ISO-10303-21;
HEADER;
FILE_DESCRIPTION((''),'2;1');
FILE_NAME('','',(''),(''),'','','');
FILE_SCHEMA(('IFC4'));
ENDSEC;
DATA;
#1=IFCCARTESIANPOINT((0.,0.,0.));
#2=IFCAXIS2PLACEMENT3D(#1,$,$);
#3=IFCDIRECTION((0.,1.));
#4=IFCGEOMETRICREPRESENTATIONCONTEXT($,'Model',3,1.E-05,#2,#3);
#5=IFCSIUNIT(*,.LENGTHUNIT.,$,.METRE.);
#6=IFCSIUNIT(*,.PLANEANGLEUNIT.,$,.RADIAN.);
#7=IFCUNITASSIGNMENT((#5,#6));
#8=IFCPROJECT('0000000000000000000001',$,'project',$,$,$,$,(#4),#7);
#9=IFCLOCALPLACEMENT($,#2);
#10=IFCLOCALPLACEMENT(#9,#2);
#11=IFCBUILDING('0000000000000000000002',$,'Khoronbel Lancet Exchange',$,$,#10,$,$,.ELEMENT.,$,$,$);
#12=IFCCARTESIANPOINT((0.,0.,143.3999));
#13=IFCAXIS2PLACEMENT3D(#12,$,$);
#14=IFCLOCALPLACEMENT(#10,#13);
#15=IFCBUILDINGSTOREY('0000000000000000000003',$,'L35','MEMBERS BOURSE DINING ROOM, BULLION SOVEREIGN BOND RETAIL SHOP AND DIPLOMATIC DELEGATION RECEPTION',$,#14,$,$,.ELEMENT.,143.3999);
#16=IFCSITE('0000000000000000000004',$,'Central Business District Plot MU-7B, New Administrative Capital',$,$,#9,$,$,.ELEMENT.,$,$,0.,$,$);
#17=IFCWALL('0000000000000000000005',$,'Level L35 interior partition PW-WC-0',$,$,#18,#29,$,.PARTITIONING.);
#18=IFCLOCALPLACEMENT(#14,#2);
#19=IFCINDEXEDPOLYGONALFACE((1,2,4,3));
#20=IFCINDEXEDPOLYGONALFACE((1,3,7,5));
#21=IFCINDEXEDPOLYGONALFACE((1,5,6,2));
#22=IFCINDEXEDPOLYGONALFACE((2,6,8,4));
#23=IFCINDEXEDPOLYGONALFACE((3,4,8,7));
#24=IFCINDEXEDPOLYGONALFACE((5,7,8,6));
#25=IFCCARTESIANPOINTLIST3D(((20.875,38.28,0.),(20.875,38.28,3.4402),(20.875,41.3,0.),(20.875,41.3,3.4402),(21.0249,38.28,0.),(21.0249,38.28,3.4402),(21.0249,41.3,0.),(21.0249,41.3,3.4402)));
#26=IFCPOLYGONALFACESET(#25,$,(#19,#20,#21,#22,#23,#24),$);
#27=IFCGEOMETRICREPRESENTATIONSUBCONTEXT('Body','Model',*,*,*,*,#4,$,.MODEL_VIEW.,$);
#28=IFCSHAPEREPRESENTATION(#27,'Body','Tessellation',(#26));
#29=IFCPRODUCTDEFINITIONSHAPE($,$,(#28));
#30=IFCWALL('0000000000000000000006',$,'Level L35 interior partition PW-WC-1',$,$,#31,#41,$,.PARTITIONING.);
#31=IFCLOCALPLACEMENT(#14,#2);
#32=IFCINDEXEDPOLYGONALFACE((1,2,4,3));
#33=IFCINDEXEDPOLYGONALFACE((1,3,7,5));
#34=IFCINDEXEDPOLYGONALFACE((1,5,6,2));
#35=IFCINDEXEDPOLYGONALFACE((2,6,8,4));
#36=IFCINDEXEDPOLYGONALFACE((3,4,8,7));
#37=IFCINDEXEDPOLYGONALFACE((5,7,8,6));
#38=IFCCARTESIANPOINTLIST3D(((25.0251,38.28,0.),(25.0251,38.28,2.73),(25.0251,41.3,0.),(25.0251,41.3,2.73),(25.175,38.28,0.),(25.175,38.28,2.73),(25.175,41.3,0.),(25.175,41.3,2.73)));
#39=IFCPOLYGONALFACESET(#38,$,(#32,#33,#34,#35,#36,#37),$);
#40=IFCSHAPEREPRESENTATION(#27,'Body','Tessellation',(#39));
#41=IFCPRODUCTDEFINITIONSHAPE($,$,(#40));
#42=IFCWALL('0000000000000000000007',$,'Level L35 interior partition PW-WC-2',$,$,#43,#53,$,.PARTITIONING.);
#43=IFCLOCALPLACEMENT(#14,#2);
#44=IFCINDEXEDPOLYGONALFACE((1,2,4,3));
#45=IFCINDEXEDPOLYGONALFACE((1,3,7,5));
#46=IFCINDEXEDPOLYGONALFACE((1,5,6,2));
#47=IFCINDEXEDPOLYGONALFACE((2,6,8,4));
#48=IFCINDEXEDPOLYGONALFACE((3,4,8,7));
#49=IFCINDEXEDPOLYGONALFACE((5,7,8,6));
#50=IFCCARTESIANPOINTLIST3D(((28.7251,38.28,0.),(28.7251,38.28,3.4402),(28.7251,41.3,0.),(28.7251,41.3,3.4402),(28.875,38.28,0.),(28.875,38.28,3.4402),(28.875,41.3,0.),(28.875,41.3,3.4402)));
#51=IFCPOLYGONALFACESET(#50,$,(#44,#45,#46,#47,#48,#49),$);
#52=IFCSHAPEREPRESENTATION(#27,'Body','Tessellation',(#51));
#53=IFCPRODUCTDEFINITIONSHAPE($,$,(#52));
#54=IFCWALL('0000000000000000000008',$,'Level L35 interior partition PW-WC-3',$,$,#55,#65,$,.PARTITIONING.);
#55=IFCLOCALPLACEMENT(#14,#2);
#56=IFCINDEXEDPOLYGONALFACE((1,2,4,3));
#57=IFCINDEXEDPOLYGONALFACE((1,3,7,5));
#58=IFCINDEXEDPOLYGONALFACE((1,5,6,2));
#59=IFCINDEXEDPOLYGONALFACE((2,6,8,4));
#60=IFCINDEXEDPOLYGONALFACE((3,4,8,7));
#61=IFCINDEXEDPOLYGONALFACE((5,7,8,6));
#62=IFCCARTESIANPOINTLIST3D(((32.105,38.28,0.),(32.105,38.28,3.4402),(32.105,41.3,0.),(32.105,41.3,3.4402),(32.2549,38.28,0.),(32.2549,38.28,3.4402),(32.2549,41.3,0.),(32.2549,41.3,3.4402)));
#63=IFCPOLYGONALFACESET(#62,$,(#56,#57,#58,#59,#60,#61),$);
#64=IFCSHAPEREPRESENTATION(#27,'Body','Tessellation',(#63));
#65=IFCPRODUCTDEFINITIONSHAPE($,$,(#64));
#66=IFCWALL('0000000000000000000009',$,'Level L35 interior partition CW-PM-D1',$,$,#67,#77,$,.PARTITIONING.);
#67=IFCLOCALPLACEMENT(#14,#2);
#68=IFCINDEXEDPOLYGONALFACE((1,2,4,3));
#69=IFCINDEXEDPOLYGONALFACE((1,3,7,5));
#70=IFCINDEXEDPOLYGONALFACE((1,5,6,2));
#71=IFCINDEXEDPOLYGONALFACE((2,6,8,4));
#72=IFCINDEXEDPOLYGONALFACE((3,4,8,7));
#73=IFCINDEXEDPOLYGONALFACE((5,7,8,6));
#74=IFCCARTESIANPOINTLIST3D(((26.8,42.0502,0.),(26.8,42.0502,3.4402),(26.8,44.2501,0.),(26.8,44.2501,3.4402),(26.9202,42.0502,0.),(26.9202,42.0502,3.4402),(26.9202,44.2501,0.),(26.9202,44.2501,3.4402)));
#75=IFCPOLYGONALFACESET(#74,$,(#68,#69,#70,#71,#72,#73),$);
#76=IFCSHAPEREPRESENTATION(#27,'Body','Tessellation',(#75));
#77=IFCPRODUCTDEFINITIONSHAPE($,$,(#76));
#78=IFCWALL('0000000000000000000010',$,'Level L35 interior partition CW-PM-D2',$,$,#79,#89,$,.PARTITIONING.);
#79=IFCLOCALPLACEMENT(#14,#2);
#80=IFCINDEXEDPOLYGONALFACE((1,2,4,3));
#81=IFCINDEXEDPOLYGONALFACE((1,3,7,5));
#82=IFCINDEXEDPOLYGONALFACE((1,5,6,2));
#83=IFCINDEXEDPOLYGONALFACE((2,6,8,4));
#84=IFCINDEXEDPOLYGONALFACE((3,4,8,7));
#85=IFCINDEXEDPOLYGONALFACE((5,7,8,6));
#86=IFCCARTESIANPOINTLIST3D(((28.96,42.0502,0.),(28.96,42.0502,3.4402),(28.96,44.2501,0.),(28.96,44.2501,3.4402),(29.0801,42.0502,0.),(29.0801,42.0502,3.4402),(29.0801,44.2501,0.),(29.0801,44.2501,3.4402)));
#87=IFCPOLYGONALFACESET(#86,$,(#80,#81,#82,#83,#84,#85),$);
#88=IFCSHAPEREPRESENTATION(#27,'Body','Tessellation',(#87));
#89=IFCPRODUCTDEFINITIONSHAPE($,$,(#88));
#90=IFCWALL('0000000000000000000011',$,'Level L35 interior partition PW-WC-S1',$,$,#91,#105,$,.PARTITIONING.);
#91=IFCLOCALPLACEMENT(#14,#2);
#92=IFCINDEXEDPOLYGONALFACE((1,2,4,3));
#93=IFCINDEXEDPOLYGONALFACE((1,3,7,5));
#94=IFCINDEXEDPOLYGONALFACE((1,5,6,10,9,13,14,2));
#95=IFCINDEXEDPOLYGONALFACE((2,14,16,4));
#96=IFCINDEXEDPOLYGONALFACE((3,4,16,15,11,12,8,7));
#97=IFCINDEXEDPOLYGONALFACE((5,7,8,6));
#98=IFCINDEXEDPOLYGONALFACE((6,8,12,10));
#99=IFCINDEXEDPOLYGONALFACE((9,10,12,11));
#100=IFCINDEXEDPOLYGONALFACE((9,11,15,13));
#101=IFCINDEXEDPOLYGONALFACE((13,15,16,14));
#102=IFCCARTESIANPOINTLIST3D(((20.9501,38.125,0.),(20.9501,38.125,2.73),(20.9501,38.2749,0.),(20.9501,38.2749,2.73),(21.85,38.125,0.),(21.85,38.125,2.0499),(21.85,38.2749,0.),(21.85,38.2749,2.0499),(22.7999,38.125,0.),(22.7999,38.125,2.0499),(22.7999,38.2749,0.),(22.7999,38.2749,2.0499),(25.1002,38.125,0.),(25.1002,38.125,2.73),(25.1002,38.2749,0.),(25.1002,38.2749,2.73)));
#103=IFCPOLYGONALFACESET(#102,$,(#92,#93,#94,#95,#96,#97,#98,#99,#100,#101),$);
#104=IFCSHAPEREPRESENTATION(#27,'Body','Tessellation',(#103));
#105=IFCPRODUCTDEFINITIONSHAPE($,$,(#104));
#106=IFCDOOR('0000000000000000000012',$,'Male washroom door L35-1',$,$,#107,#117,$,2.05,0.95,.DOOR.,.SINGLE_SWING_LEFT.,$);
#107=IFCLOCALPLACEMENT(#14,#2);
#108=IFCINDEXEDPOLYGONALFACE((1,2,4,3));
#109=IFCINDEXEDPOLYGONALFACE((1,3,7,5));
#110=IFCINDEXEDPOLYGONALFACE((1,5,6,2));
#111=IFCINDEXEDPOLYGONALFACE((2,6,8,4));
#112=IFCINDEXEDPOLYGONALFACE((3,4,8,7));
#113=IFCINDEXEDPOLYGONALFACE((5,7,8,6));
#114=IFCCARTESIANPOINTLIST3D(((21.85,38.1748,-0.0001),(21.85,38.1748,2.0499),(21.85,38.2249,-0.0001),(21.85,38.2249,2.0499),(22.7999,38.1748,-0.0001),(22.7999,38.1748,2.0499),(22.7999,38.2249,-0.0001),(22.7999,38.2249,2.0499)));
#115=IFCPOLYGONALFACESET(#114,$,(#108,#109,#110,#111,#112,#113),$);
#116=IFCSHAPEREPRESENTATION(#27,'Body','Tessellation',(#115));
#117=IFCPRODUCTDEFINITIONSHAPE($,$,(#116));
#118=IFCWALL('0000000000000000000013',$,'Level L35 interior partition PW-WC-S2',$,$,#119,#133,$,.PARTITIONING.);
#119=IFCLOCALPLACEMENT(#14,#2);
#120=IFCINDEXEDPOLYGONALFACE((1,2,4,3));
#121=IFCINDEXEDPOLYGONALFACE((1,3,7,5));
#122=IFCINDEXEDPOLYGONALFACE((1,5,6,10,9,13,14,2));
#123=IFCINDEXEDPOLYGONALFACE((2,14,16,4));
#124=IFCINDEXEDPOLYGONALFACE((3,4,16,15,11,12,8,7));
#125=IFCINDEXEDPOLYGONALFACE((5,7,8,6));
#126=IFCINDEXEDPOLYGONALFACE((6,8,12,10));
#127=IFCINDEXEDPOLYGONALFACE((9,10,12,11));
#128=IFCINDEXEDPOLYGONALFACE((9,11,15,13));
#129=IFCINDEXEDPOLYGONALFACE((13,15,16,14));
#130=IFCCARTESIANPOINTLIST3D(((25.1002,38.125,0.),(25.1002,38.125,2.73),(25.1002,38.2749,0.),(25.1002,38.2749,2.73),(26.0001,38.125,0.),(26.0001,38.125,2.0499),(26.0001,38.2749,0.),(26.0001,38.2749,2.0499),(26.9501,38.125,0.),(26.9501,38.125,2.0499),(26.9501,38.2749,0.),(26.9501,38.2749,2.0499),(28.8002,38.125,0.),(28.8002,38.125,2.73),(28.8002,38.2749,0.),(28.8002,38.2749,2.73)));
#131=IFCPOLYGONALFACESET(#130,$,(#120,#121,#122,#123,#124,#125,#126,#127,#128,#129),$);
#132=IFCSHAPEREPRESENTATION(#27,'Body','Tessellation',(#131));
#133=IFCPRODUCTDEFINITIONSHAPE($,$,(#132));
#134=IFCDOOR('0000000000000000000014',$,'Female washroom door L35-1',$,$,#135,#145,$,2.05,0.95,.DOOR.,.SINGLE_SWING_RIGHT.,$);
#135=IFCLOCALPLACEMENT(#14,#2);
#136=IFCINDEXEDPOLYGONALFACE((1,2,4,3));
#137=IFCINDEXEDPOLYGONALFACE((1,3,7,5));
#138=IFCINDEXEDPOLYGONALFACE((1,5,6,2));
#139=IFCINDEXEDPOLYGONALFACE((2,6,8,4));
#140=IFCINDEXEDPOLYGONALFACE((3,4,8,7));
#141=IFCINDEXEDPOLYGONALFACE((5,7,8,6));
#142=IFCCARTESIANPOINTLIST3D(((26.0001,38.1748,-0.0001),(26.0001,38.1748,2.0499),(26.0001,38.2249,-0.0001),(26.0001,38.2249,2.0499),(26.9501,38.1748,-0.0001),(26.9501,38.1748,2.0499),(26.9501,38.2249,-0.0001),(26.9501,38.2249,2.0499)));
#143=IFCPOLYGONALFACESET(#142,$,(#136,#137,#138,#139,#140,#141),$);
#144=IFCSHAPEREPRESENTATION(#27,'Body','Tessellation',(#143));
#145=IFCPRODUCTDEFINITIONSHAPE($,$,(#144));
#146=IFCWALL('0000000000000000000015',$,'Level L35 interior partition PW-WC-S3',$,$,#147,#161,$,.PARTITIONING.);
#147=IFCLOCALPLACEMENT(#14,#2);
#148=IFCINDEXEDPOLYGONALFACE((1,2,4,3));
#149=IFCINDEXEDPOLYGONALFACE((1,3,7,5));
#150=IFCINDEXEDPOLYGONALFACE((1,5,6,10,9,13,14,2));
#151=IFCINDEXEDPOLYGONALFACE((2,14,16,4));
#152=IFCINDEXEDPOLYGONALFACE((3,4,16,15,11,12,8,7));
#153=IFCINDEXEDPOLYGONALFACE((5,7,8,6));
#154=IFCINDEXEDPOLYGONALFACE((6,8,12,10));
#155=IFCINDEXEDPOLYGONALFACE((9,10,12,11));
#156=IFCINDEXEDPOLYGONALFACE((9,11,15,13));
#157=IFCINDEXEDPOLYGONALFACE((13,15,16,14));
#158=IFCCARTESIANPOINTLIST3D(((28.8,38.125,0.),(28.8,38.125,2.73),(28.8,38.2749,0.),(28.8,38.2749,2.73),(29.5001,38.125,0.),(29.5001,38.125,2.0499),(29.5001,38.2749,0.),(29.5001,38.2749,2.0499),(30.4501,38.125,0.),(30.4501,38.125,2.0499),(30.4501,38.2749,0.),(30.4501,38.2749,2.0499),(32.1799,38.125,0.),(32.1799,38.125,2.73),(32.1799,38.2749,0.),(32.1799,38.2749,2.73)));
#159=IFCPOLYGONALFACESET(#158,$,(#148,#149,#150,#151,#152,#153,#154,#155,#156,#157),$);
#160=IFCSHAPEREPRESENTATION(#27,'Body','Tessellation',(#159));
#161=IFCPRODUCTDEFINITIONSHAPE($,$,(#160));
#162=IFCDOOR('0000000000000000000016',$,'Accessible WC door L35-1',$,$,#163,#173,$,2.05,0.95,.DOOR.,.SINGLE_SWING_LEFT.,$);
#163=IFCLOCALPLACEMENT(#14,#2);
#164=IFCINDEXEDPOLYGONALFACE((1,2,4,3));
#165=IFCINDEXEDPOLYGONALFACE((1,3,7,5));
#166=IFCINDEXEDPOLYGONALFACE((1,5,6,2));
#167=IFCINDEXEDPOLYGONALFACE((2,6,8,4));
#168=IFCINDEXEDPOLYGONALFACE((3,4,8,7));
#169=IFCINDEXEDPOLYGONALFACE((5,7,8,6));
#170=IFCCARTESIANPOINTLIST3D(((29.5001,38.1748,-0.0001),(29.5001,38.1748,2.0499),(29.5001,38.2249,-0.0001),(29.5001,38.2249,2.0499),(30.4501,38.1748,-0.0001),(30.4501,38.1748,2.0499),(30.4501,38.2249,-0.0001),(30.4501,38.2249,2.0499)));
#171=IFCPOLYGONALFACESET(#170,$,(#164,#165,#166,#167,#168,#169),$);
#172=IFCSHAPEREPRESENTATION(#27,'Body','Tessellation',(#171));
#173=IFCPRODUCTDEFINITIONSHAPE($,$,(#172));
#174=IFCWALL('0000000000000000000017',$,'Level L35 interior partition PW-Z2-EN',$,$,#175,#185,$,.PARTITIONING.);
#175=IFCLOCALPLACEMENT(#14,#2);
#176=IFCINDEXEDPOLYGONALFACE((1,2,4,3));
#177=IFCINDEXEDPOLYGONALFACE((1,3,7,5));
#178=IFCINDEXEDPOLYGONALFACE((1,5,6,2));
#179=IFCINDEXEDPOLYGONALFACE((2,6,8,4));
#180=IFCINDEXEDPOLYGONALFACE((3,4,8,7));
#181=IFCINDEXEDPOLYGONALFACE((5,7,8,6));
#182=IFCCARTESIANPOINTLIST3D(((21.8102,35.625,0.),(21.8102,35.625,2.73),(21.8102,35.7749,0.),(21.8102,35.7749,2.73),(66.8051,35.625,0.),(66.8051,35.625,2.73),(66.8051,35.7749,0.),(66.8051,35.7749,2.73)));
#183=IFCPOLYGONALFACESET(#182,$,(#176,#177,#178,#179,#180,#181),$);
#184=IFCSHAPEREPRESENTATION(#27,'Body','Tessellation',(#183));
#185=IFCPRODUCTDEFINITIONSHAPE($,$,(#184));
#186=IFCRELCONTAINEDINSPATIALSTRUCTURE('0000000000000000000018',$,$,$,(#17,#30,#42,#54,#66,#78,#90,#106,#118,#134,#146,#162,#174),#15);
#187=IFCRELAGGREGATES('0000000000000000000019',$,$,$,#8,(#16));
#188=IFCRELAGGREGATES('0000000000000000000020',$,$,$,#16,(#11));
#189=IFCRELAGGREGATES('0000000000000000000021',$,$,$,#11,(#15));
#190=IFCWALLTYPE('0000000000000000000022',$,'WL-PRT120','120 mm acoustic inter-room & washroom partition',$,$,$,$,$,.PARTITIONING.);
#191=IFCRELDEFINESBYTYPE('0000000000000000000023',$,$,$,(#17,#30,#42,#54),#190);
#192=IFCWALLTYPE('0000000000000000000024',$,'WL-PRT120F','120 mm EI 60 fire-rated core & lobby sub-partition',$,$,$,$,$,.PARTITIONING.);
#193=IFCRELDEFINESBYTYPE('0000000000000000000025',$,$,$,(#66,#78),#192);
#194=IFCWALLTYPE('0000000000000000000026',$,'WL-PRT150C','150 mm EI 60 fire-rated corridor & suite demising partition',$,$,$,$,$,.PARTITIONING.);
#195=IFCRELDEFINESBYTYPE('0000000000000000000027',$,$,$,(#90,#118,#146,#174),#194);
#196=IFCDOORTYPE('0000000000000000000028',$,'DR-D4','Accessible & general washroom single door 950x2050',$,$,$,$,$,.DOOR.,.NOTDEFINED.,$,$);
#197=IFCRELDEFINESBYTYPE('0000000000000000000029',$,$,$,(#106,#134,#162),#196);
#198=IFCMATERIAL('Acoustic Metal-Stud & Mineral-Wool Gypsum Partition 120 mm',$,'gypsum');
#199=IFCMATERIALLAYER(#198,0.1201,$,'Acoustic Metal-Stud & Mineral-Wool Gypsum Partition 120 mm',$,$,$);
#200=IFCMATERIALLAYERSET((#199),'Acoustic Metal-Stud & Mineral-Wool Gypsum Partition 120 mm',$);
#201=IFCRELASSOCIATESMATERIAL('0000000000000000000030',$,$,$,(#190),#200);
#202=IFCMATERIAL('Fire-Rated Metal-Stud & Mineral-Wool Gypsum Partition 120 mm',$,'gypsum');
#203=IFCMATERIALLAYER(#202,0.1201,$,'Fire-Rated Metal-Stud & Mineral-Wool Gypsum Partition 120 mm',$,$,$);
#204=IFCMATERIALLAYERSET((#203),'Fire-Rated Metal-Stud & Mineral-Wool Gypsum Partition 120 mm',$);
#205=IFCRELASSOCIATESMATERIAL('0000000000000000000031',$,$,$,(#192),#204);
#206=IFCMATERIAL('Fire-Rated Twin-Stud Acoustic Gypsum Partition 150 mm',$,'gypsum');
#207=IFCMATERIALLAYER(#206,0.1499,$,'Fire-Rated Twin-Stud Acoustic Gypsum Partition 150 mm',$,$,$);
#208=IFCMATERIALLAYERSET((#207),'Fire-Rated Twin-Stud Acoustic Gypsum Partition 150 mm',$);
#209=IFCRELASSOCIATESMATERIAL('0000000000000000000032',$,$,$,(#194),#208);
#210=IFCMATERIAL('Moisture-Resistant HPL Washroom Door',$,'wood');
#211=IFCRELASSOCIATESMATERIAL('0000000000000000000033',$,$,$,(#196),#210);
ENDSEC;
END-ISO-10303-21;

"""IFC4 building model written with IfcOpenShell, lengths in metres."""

from ifc_helpers import new_model, si_unit, direction, frame, frame_2d, origin, place, context, subcontext, project, spatial, rectangle, extrude, material, layer, layer_set, type_object, element, fill, save


model = new_model("IFC4")

# Units and contexts
model_context = context("Model", 3, precision=1e-05, world=origin(), true_north=direction((0.0, 1.0)))
body_context = subcontext(model_context, "Body", "Model", "MODEL_VIEW")
ifc_project = project(units=[si_unit("LENGTHUNIT", "METRE"), si_unit("PLANEANGLEUNIT", "RADIAN")], contexts=[model_context])

# Site, building, storey
site_placement = place(None, origin())
site = spatial("IfcSite", under=ifc_project, at=site_placement, Name="Central Business District Plot MU-7B, New Administrative Capital", CompositionType="ELEMENT", RefElevation=0.0)
building_placement = place(site_placement, origin())
building = spatial("IfcBuilding", under=site, at=building_placement, Name="Khoronbel Lancet Exchange", CompositionType="ELEMENT")
storey_placement = place(building_placement, frame((0.0, 0.0, 143.3999)))
storey = spatial("IfcBuildingStorey", under=building, at=storey_placement, Name="L35", Description="MEMBERS BOURSE DINING ROOM, BULLION SOVEREIGN BOND RETAIL SHOP AND DIPLOMATIC DELEGATION RECEPTION", CompositionType="ELEMENT", Elevation=143.3999)

# Walls
ifc_material_1 = material(Name="Acoustic Metal-Stud & Mineral-Wool Gypsum Partition 120 mm", Category="gypsum")
ifc_layer_1 = layer(ifc_material_1, 0.1201, Name="Acoustic Metal-Stud & Mineral-Wool Gypsum Partition 120 mm")
ifc_layer_set_1 = layer_set([ifc_layer_1], Name="Acoustic Metal-Stud & Mineral-Wool Gypsum Partition 120 mm")
wall_type_1 = type_object("IfcWallType", Name="WL-PRT120", Description="120 mm acoustic inter-room & washroom partition", PredefinedType="PARTITIONING", material=ifc_layer_set_1)
wall_1_placement = place(storey_placement, frame((20.95, 38.28, 0.0), z_axis=(0.0, 0.0, 1.0), x_axis=(0.0, 1.0, 0.0)))
element("IfcWall", 1, at=wall_1_placement, inside=storey, type_object=wall_type_1, Name="Level L35 interior partition PW-WC-0", PredefinedType="PARTITIONING", context=body_context, shape_type="SweptSolid", body=[
    extrude(rectangle(XDim=3.02, YDim=0.1499, at=frame_2d((1.51, 0.0))), origin(), (0.0, 0.0, 1.0), 3.4402),
])
wall_2_placement = place(storey_placement, frame((25.1001, 38.28, 0.0), z_axis=(0.0, 0.0, 1.0), x_axis=(0.0, 1.0, 0.0)))
element("IfcWall", 2, at=wall_2_placement, inside=storey, type_object=wall_type_1, Name="Level L35 interior partition PW-WC-1", PredefinedType="PARTITIONING", context=body_context, shape_type="SweptSolid", body=[
    extrude(rectangle(XDim=3.02, YDim=0.1499, at=frame_2d((1.51, 0.0))), origin(), (0.0, 0.0, 1.0), 2.73),
])
for number, where, z_axis, x_axis, name in (
    (3, (28.8, 38.28, 0.0), (0.0, 0.0, 1.0), (0.0, 1.0, 0.0), "Level L35 interior partition PW-WC-2"),
    (4, (32.1799, 38.28, 0.0), (0.0, 0.0, 1.0), (0.0, 1.0, 0.0), "Level L35 interior partition PW-WC-3"),
):
    element("IfcWall", number, at=place(storey_placement, frame(where, z_axis=z_axis, x_axis=x_axis)), inside=storey, type_object=wall_type_1, Name=name, PredefinedType="PARTITIONING", context=body_context, shape_type="SweptSolid", body=[
        extrude(rectangle(XDim=3.02, YDim=0.1499, at=frame_2d((1.51, 0.0))), origin(), (0.0, 0.0, 1.0), 3.4402),
    ])
ifc_material_2 = material(Name="Fire-Rated Metal-Stud & Mineral-Wool Gypsum Partition 120 mm", Category="gypsum")
ifc_layer_2 = layer(ifc_material_2, 0.1201, Name="Fire-Rated Metal-Stud & Mineral-Wool Gypsum Partition 120 mm")
ifc_layer_set_2 = layer_set([ifc_layer_2], Name="Fire-Rated Metal-Stud & Mineral-Wool Gypsum Partition 120 mm")
wall_type_2 = type_object("IfcWallType", Name="WL-PRT120F", Description="120 mm EI 60 fire-rated core & lobby sub-partition", PredefinedType="PARTITIONING", material=ifc_layer_set_2)
for number, where, z_axis, x_axis, name in (
    (5, (26.8601, 42.05, 0.0), (0.0, 0.0, 1.0), (0.0, 1.0, 0.0), "Level L35 interior partition CW-PM-D1"),
    (6, (29.02, 42.05, 0.0), (0.0, 0.0, 1.0), (0.0, 1.0, 0.0), "Level L35 interior partition CW-PM-D2"),
):
    element("IfcWall", number, at=place(storey_placement, frame(where, z_axis=z_axis, x_axis=x_axis)), inside=storey, type_object=wall_type_2, Name=name, PredefinedType="PARTITIONING", context=body_context, shape_type="SweptSolid", body=[
        extrude(rectangle(XDim=2.2, YDim=0.1201, at=frame_2d((1.1001, 0.0))), origin(), (0.0, 0.0, 1.0), 3.4402),
    ])

# Walls, openings, doors
ifc_material_3 = material(Name="Fire-Rated Twin-Stud Acoustic Gypsum Partition 150 mm", Category="gypsum")
ifc_layer_3 = layer(ifc_material_3, 0.1499, Name="Fire-Rated Twin-Stud Acoustic Gypsum Partition 150 mm")
ifc_layer_set_3 = layer_set([ifc_layer_3], Name="Fire-Rated Twin-Stud Acoustic Gypsum Partition 150 mm")
wall_type_3 = type_object("IfcWallType", Name="WL-PRT150C", Description="150 mm EI 60 fire-rated corridor & suite demising partition", PredefinedType="PARTITIONING", material=ifc_layer_set_3)
wall_3_placement = place(storey_placement, frame((20.95, 38.2, 0.0), z_axis=(0.0, 0.0, 1.0), x_axis=(1.0, 0.0, 0.0)))
wall_3 = element("IfcWall", 7, at=wall_3_placement, inside=storey, type_object=wall_type_3, Name="Level L35 interior partition PW-WC-S1", PredefinedType="PARTITIONING", context=body_context, shape_type="SweptSolid", body=[
    extrude(rectangle(XDim=4.1501, YDim=0.1499, at=frame_2d((2.0752, 0.0))), origin(), (0.0, 0.0, 1.0), 2.73),
])
opening_1_placement = place(wall_3_placement, frame((0.8999, 0.0, 0.0)))
opening_1 = element("IfcOpeningElement", 8, at=opening_1_placement, cuts=wall_3, PredefinedType="OPENING", context=body_context, shape_type="SweptSolid", body=[
    extrude(rectangle(XDim=0.95, YDim=2.05, at=frame_2d((0.4751, 1.0249))), frame((0.0, 0.085, 0.0), z_axis=(0.0, -1.0, 0.0), x_axis=(1.0, 0.0, 0.0)), (0.0, 0.0, 1.0), 0.1699),
])
ifc_material_4 = material(Name="Moisture-Resistant HPL Washroom Door", Category="wood")
door_type_1 = type_object("IfcDoorType", Name="DR-D4", Description="Accessible & general washroom single door 950x2050", OperationType="NOTDEFINED", PredefinedType="DOOR", material=ifc_material_4)
door_1_placement = place(opening_1_placement, origin())
door_1 = element("IfcDoor", 9, at=door_1_placement, inside=storey, type_object=door_type_1, Name="Male washroom door L35-1", OperationType="SINGLE_SWING_LEFT", OverallHeight=2.05, OverallWidth=0.95, PredefinedType="DOOR", context=body_context, shape_type="SweptSolid", body=[
    extrude(rectangle(XDim=0.95, YDim=2.05, at=frame_2d((0.4751, 1.0249))), frame((0.0, 0.0249, 0.0), z_axis=(0.0, -1.0, 0.0), x_axis=(1.0, 0.0, 0.0)), (0.0, 0.0, 1.0), 0.05),
])
fill(opening_1, door_1)
wall_4_placement = place(storey_placement, frame((25.1001, 38.2, 0.0), z_axis=(0.0, 0.0, 1.0), x_axis=(1.0, 0.0, 0.0)))
wall_4 = element("IfcWall", 10, at=wall_4_placement, inside=storey, type_object=wall_type_3, Name="Level L35 interior partition PW-WC-S2", PredefinedType="PARTITIONING", context=body_context, shape_type="SweptSolid", body=[
    extrude(rectangle(XDim=3.7, YDim=0.1499, at=frame_2d((1.8501, 0.0))), origin(), (0.0, 0.0, 1.0), 2.73),
])
opening_2_placement = place(wall_4_placement, frame((0.8999, 0.0, 0.0)))
opening_2 = element("IfcOpeningElement", 11, at=opening_2_placement, cuts=wall_4, PredefinedType="OPENING", context=body_context, shape_type="SweptSolid", body=[
    extrude(rectangle(XDim=0.95, YDim=2.05, at=frame_2d((0.4751, 1.0249))), frame((0.0, 0.085, 0.0), z_axis=(0.0, -1.0, 0.0), x_axis=(1.0, 0.0, 0.0)), (0.0, 0.0, 1.0), 0.1699),
])
door_2_placement = place(opening_2_placement, origin())
door_2 = element("IfcDoor", 12, at=door_2_placement, inside=storey, type_object=door_type_1, Name="Female washroom door L35-1", OperationType="SINGLE_SWING_RIGHT", OverallHeight=2.05, OverallWidth=0.95, PredefinedType="DOOR", context=body_context, shape_type="SweptSolid", body=[
    extrude(rectangle(XDim=0.95, YDim=2.05, at=frame_2d((0.4751, 1.0249))), frame((0.0, 0.0249, 0.0), z_axis=(0.0, -1.0, 0.0), x_axis=(1.0, 0.0, 0.0)), (0.0, 0.0, 1.0), 0.05),
])
fill(opening_2, door_2)
wall_5_placement = place(storey_placement, frame((28.8, 38.2, 0.0), z_axis=(0.0, 0.0, 1.0), x_axis=(1.0, 0.0, 0.0)))
wall_5 = element("IfcWall", 13, at=wall_5_placement, inside=storey, type_object=wall_type_3, Name="Level L35 interior partition PW-WC-S3", PredefinedType="PARTITIONING", context=body_context, shape_type="SweptSolid", body=[
    extrude(rectangle(XDim=3.3799, YDim=0.1499, at=frame_2d((1.6899, 0.0))), origin(), (0.0, 0.0, 1.0), 2.73),
])
opening_3_placement = place(wall_5_placement, frame((0.7, 0.0, 0.0)))
opening_3 = element("IfcOpeningElement", 14, at=opening_3_placement, cuts=wall_5, PredefinedType="OPENING", context=body_context, shape_type="SweptSolid", body=[
    extrude(rectangle(XDim=0.95, YDim=2.05, at=frame_2d((0.4751, 1.0249))), frame((0.0, 0.085, 0.0), z_axis=(0.0, -1.0, 0.0), x_axis=(1.0, 0.0, 0.0)), (0.0, 0.0, 1.0), 0.1699),
])
door_3_placement = place(opening_3_placement, origin())
door_3 = element("IfcDoor", 15, at=door_3_placement, inside=storey, type_object=door_type_1, Name="Accessible WC door L35-1", OperationType="SINGLE_SWING_LEFT", OverallHeight=2.05, OverallWidth=0.95, PredefinedType="DOOR", context=body_context, shape_type="SweptSolid", body=[
    extrude(rectangle(XDim=0.95, YDim=2.05, at=frame_2d((0.4751, 1.0249))), frame((0.0, 0.0249, 0.0), z_axis=(0.0, -1.0, 0.0), x_axis=(1.0, 0.0, 0.0)), (0.0, 0.0, 1.0), 0.05),
])
fill(opening_3, door_3)

# Wall
wall_6_placement = place(storey_placement, frame((21.8101, 35.7, 0.0), z_axis=(0.0, 0.0, 1.0), x_axis=(1.0, 0.0, 0.0)))
element("IfcWall", 16, at=wall_6_placement, inside=storey, type_object=wall_type_3, Name="Level L35 interior partition PW-Z2-EN", PredefinedType="PARTITIONING", context=body_context, shape_type="SweptSolid", body=[
    extrude(rectangle(XDim=44.9949, YDim=0.1499, at=frame_2d((22.4976, 0.0))), origin(), (0.0, 0.0, 1.0), 2.73),
])

save(model, "model.ifc")
